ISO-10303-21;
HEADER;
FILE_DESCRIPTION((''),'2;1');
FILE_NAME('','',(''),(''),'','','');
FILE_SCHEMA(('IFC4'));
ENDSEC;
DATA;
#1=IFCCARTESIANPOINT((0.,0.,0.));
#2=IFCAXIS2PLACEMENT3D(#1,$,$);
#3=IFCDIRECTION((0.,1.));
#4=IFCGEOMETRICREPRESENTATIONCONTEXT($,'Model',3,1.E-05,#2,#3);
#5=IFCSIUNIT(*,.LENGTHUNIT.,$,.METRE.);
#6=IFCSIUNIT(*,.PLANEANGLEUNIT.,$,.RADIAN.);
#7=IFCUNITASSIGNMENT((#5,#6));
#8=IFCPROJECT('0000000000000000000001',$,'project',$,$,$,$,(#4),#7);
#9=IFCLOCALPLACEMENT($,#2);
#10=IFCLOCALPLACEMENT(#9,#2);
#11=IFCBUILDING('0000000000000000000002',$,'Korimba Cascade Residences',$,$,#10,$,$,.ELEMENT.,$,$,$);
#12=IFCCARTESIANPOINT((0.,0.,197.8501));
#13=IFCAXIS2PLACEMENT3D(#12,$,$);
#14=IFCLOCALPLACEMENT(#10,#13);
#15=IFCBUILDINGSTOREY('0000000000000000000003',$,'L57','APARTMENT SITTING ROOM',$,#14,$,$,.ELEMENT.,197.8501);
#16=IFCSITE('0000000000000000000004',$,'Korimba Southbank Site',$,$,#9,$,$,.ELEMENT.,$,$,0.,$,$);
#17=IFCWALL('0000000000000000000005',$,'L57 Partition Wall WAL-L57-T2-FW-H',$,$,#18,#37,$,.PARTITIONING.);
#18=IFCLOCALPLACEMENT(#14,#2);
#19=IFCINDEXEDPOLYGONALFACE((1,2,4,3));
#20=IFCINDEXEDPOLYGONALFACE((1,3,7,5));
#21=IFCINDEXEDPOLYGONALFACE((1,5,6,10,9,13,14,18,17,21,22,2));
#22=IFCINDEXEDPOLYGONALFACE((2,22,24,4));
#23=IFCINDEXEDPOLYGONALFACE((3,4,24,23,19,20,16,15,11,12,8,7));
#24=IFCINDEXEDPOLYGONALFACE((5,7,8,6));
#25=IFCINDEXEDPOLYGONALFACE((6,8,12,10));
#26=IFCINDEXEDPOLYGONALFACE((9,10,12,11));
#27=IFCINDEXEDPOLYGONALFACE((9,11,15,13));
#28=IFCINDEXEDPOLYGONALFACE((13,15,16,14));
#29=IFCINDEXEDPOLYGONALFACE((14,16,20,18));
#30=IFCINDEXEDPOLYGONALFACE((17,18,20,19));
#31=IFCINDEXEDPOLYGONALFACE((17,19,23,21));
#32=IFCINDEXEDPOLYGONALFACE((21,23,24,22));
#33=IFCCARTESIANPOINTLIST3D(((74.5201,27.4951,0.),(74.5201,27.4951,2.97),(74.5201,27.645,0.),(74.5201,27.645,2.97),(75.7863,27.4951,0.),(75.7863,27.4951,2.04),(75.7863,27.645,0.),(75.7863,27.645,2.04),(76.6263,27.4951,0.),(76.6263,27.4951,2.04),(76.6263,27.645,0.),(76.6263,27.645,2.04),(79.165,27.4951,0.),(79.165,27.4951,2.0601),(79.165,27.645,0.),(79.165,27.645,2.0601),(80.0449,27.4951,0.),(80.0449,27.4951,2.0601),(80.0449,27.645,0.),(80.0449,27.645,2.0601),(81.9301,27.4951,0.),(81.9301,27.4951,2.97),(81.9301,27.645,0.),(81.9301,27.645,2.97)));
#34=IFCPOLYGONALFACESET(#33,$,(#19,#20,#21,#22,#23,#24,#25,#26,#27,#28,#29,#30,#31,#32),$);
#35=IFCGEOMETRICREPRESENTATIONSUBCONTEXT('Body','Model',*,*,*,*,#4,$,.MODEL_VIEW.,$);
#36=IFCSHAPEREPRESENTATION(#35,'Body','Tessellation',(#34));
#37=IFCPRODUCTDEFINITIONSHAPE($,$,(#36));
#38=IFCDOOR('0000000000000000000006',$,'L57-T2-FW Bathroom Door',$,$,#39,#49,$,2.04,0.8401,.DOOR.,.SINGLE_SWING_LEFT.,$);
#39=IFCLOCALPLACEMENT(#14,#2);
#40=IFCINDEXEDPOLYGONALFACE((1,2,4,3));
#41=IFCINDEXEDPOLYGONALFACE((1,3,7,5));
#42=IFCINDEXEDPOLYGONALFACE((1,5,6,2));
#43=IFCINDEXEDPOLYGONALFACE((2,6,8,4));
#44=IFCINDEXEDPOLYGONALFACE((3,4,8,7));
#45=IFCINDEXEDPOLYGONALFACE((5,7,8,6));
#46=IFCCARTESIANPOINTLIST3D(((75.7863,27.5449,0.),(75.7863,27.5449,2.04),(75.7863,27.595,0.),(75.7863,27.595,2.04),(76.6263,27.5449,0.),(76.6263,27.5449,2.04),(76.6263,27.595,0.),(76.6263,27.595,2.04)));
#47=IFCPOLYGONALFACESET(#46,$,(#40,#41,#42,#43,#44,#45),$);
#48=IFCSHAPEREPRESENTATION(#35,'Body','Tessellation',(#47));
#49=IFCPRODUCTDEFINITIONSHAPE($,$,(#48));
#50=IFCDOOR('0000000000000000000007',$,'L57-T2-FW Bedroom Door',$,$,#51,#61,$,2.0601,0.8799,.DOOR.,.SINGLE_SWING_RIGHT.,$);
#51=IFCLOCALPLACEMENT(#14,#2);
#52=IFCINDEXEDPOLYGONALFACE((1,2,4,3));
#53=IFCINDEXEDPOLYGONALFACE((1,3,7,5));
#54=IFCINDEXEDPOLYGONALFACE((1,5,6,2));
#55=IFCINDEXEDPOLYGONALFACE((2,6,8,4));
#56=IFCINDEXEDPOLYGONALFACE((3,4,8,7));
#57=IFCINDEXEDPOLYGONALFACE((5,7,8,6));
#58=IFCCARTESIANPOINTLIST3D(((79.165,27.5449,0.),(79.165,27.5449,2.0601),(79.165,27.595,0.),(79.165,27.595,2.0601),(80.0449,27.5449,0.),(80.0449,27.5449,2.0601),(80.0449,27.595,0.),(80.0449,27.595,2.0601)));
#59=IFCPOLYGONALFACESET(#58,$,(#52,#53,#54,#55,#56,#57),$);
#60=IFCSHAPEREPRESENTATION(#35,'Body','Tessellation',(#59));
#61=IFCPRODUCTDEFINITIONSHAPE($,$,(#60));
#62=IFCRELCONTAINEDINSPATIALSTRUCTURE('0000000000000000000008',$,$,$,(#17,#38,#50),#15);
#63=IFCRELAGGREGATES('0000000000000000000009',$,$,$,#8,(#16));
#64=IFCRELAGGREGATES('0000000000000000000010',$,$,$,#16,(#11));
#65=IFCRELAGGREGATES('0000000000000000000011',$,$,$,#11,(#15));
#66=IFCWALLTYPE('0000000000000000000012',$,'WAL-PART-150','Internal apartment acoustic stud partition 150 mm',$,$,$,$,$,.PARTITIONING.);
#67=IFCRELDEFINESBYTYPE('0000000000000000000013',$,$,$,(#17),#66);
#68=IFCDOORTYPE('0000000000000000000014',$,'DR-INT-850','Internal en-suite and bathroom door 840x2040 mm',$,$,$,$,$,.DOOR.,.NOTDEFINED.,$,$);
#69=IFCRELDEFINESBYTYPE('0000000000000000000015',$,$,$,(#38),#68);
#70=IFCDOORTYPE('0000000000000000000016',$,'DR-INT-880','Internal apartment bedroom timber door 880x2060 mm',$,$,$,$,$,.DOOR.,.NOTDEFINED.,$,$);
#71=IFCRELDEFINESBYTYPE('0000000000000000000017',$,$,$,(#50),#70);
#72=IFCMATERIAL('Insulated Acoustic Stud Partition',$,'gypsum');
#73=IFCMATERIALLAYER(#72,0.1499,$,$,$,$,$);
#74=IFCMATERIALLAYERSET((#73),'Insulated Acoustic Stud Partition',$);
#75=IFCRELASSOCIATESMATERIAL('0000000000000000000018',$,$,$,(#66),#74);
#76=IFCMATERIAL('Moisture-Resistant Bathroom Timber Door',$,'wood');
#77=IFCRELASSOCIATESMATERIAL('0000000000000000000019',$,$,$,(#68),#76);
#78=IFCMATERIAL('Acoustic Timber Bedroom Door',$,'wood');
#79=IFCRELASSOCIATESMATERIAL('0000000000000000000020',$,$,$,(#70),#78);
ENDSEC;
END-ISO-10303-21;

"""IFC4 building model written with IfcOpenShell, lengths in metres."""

from ifc_helpers import new_model, si_unit, direction, frame, frame_2d, origin, place, context, subcontext, project, spatial, rectangle, extrude, material, layer, layer_set, type_object, element, fill, save


model = new_model("IFC4")

# Units and contexts
model_context = context("Model", 3, precision=1e-05, world=origin(), true_north=direction((0.0, 1.0)))
body_context = subcontext(model_context, "Body", "Model", "MODEL_VIEW")
ifc_project = project(units=[si_unit("LENGTHUNIT", "METRE"), si_unit("PLANEANGLEUNIT", "RADIAN")], contexts=[model_context])

# Site, building, storey
site_placement = place(None, origin())
site = spatial("IfcSite", under=ifc_project, at=site_placement, Name="Korimba Southbank Site", CompositionType="ELEMENT", RefElevation=0.0)
building_placement = place(site_placement, origin())
building = spatial("IfcBuilding", under=site, at=building_placement, Name="Korimba Cascade Residences", CompositionType="ELEMENT")
storey_placement = place(building_placement, frame((0.0, 0.0, 197.8501)))
storey = spatial("IfcBuildingStorey", under=building, at=storey_placement, Name="L57", Description="APARTMENT SITTING ROOM", CompositionType="ELEMENT", Elevation=197.8501)

# Shared definitions
ifc_material_1 = material(Name="Insulated Acoustic Stud Partition", Category="gypsum")
ifc_layer_1 = layer(ifc_material_1, 0.1499)
ifc_layer_set_1 = layer_set([ifc_layer_1], Name="Insulated Acoustic Stud Partition")
wall_type_1 = type_object("IfcWallType", Name="WAL-PART-150", Description="Internal apartment acoustic stud partition 150 mm", PredefinedType="PARTITIONING", material=ifc_layer_set_1)

# Wall, openings, doors
wall_1_placement = place(storey_placement, frame((74.52, 27.5701, 0.0), z_axis=(0.0, 0.0, 1.0), x_axis=(1.0, 0.0, 0.0)))
wall_1 = element("IfcWall", 1, at=wall_1_placement, inside=storey, type_object=wall_type_1, Name="L57 Partition Wall WAL-L57-T2-FW-H", PredefinedType="PARTITIONING", context=body_context, shape_type="SweptSolid", body=[
    extrude(rectangle(XDim=7.4099, YDim=0.1499, at=frame_2d((3.7051, 0.0))), origin(), (0.0, 0.0, 1.0), 2.97),
])
opening_1_placement = place(wall_1_placement, frame((1.2664, 0.0, 0.0)))
opening_1 = element("IfcOpeningElement", 2, at=opening_1_placement, cuts=wall_1, PredefinedType="OPENING", context=body_context, shape_type="SweptSolid", body=[
    extrude(rectangle(XDim=0.8401, YDim=2.04, at=frame_2d((0.4199, 1.02))), frame((0.0, 0.085, 0.0), z_axis=(0.0, -1.0, 0.0), x_axis=(1.0, 0.0, 0.0)), (0.0, 0.0, 1.0), 0.1699),
])
opening_2_placement = place(wall_1_placement, frame((4.645, 0.0, 0.0)))
opening_2 = element("IfcOpeningElement", 3, at=opening_2_placement, cuts=wall_1, PredefinedType="OPENING", context=body_context, shape_type="SweptSolid", body=[
    extrude(rectangle(XDim=0.8799, YDim=2.0601, at=frame_2d((0.4399, 1.03))), frame((0.0, 0.085, 0.0), z_axis=(0.0, -1.0, 0.0), x_axis=(1.0, 0.0, 0.0)), (0.0, 0.0, 1.0), 0.1699),
])
ifc_material_2 = material(Name="Moisture-Resistant Bathroom Timber Door", Category="wood")
door_type_1 = type_object("IfcDoorType", Name="DR-INT-850", Description="Internal en-suite and bathroom door 840x2040 mm", OperationType="NOTDEFINED", PredefinedType="DOOR", material=ifc_material_2)
door_1_placement = place(opening_1_placement, origin())
door_1 = element("IfcDoor", 4, at=door_1_placement, inside=storey, type_object=door_type_1, Name="L57-T2-FW Bathroom Door", OperationType="SINGLE_SWING_LEFT", OverallHeight=2.04, OverallWidth=0.8401, PredefinedType="DOOR", context=body_context, shape_type="SweptSolid", body=[
    extrude(rectangle(XDim=0.8401, YDim=2.04, at=frame_2d((0.4199, 1.02))), frame((0.0, 0.0249, 0.0), z_axis=(0.0, -1.0, 0.0), x_axis=(1.0, 0.0, 0.0)), (0.0, 0.0, 1.0), 0.05),
])
fill(opening_1, door_1)
ifc_material_3 = material(Name="Acoustic Timber Bedroom Door", Category="wood")
door_type_2 = type_object("IfcDoorType", Name="DR-INT-880", Description="Internal apartment bedroom timber door 880x2060 mm", OperationType="NOTDEFINED", PredefinedType="DOOR", material=ifc_material_3)
door_2_placement = place(opening_2_placement, origin())
door_2 = element("IfcDoor", 5, at=door_2_placement, inside=storey, type_object=door_type_2, Name="L57-T2-FW Bedroom Door", OperationType="SINGLE_SWING_RIGHT", OverallHeight=2.0601, OverallWidth=0.8799, PredefinedType="DOOR", context=body_context, shape_type="SweptSolid", body=[
    extrude(rectangle(XDim=0.8799, YDim=2.0601, at=frame_2d((0.4399, 1.03))), frame((0.0, 0.0249, 0.0), z_axis=(0.0, -1.0, 0.0), x_axis=(1.0, 0.0, 0.0)), (0.0, 0.0, 1.0), 0.05),
])
fill(opening_2, door_2)

save(model, "model.ifc")
